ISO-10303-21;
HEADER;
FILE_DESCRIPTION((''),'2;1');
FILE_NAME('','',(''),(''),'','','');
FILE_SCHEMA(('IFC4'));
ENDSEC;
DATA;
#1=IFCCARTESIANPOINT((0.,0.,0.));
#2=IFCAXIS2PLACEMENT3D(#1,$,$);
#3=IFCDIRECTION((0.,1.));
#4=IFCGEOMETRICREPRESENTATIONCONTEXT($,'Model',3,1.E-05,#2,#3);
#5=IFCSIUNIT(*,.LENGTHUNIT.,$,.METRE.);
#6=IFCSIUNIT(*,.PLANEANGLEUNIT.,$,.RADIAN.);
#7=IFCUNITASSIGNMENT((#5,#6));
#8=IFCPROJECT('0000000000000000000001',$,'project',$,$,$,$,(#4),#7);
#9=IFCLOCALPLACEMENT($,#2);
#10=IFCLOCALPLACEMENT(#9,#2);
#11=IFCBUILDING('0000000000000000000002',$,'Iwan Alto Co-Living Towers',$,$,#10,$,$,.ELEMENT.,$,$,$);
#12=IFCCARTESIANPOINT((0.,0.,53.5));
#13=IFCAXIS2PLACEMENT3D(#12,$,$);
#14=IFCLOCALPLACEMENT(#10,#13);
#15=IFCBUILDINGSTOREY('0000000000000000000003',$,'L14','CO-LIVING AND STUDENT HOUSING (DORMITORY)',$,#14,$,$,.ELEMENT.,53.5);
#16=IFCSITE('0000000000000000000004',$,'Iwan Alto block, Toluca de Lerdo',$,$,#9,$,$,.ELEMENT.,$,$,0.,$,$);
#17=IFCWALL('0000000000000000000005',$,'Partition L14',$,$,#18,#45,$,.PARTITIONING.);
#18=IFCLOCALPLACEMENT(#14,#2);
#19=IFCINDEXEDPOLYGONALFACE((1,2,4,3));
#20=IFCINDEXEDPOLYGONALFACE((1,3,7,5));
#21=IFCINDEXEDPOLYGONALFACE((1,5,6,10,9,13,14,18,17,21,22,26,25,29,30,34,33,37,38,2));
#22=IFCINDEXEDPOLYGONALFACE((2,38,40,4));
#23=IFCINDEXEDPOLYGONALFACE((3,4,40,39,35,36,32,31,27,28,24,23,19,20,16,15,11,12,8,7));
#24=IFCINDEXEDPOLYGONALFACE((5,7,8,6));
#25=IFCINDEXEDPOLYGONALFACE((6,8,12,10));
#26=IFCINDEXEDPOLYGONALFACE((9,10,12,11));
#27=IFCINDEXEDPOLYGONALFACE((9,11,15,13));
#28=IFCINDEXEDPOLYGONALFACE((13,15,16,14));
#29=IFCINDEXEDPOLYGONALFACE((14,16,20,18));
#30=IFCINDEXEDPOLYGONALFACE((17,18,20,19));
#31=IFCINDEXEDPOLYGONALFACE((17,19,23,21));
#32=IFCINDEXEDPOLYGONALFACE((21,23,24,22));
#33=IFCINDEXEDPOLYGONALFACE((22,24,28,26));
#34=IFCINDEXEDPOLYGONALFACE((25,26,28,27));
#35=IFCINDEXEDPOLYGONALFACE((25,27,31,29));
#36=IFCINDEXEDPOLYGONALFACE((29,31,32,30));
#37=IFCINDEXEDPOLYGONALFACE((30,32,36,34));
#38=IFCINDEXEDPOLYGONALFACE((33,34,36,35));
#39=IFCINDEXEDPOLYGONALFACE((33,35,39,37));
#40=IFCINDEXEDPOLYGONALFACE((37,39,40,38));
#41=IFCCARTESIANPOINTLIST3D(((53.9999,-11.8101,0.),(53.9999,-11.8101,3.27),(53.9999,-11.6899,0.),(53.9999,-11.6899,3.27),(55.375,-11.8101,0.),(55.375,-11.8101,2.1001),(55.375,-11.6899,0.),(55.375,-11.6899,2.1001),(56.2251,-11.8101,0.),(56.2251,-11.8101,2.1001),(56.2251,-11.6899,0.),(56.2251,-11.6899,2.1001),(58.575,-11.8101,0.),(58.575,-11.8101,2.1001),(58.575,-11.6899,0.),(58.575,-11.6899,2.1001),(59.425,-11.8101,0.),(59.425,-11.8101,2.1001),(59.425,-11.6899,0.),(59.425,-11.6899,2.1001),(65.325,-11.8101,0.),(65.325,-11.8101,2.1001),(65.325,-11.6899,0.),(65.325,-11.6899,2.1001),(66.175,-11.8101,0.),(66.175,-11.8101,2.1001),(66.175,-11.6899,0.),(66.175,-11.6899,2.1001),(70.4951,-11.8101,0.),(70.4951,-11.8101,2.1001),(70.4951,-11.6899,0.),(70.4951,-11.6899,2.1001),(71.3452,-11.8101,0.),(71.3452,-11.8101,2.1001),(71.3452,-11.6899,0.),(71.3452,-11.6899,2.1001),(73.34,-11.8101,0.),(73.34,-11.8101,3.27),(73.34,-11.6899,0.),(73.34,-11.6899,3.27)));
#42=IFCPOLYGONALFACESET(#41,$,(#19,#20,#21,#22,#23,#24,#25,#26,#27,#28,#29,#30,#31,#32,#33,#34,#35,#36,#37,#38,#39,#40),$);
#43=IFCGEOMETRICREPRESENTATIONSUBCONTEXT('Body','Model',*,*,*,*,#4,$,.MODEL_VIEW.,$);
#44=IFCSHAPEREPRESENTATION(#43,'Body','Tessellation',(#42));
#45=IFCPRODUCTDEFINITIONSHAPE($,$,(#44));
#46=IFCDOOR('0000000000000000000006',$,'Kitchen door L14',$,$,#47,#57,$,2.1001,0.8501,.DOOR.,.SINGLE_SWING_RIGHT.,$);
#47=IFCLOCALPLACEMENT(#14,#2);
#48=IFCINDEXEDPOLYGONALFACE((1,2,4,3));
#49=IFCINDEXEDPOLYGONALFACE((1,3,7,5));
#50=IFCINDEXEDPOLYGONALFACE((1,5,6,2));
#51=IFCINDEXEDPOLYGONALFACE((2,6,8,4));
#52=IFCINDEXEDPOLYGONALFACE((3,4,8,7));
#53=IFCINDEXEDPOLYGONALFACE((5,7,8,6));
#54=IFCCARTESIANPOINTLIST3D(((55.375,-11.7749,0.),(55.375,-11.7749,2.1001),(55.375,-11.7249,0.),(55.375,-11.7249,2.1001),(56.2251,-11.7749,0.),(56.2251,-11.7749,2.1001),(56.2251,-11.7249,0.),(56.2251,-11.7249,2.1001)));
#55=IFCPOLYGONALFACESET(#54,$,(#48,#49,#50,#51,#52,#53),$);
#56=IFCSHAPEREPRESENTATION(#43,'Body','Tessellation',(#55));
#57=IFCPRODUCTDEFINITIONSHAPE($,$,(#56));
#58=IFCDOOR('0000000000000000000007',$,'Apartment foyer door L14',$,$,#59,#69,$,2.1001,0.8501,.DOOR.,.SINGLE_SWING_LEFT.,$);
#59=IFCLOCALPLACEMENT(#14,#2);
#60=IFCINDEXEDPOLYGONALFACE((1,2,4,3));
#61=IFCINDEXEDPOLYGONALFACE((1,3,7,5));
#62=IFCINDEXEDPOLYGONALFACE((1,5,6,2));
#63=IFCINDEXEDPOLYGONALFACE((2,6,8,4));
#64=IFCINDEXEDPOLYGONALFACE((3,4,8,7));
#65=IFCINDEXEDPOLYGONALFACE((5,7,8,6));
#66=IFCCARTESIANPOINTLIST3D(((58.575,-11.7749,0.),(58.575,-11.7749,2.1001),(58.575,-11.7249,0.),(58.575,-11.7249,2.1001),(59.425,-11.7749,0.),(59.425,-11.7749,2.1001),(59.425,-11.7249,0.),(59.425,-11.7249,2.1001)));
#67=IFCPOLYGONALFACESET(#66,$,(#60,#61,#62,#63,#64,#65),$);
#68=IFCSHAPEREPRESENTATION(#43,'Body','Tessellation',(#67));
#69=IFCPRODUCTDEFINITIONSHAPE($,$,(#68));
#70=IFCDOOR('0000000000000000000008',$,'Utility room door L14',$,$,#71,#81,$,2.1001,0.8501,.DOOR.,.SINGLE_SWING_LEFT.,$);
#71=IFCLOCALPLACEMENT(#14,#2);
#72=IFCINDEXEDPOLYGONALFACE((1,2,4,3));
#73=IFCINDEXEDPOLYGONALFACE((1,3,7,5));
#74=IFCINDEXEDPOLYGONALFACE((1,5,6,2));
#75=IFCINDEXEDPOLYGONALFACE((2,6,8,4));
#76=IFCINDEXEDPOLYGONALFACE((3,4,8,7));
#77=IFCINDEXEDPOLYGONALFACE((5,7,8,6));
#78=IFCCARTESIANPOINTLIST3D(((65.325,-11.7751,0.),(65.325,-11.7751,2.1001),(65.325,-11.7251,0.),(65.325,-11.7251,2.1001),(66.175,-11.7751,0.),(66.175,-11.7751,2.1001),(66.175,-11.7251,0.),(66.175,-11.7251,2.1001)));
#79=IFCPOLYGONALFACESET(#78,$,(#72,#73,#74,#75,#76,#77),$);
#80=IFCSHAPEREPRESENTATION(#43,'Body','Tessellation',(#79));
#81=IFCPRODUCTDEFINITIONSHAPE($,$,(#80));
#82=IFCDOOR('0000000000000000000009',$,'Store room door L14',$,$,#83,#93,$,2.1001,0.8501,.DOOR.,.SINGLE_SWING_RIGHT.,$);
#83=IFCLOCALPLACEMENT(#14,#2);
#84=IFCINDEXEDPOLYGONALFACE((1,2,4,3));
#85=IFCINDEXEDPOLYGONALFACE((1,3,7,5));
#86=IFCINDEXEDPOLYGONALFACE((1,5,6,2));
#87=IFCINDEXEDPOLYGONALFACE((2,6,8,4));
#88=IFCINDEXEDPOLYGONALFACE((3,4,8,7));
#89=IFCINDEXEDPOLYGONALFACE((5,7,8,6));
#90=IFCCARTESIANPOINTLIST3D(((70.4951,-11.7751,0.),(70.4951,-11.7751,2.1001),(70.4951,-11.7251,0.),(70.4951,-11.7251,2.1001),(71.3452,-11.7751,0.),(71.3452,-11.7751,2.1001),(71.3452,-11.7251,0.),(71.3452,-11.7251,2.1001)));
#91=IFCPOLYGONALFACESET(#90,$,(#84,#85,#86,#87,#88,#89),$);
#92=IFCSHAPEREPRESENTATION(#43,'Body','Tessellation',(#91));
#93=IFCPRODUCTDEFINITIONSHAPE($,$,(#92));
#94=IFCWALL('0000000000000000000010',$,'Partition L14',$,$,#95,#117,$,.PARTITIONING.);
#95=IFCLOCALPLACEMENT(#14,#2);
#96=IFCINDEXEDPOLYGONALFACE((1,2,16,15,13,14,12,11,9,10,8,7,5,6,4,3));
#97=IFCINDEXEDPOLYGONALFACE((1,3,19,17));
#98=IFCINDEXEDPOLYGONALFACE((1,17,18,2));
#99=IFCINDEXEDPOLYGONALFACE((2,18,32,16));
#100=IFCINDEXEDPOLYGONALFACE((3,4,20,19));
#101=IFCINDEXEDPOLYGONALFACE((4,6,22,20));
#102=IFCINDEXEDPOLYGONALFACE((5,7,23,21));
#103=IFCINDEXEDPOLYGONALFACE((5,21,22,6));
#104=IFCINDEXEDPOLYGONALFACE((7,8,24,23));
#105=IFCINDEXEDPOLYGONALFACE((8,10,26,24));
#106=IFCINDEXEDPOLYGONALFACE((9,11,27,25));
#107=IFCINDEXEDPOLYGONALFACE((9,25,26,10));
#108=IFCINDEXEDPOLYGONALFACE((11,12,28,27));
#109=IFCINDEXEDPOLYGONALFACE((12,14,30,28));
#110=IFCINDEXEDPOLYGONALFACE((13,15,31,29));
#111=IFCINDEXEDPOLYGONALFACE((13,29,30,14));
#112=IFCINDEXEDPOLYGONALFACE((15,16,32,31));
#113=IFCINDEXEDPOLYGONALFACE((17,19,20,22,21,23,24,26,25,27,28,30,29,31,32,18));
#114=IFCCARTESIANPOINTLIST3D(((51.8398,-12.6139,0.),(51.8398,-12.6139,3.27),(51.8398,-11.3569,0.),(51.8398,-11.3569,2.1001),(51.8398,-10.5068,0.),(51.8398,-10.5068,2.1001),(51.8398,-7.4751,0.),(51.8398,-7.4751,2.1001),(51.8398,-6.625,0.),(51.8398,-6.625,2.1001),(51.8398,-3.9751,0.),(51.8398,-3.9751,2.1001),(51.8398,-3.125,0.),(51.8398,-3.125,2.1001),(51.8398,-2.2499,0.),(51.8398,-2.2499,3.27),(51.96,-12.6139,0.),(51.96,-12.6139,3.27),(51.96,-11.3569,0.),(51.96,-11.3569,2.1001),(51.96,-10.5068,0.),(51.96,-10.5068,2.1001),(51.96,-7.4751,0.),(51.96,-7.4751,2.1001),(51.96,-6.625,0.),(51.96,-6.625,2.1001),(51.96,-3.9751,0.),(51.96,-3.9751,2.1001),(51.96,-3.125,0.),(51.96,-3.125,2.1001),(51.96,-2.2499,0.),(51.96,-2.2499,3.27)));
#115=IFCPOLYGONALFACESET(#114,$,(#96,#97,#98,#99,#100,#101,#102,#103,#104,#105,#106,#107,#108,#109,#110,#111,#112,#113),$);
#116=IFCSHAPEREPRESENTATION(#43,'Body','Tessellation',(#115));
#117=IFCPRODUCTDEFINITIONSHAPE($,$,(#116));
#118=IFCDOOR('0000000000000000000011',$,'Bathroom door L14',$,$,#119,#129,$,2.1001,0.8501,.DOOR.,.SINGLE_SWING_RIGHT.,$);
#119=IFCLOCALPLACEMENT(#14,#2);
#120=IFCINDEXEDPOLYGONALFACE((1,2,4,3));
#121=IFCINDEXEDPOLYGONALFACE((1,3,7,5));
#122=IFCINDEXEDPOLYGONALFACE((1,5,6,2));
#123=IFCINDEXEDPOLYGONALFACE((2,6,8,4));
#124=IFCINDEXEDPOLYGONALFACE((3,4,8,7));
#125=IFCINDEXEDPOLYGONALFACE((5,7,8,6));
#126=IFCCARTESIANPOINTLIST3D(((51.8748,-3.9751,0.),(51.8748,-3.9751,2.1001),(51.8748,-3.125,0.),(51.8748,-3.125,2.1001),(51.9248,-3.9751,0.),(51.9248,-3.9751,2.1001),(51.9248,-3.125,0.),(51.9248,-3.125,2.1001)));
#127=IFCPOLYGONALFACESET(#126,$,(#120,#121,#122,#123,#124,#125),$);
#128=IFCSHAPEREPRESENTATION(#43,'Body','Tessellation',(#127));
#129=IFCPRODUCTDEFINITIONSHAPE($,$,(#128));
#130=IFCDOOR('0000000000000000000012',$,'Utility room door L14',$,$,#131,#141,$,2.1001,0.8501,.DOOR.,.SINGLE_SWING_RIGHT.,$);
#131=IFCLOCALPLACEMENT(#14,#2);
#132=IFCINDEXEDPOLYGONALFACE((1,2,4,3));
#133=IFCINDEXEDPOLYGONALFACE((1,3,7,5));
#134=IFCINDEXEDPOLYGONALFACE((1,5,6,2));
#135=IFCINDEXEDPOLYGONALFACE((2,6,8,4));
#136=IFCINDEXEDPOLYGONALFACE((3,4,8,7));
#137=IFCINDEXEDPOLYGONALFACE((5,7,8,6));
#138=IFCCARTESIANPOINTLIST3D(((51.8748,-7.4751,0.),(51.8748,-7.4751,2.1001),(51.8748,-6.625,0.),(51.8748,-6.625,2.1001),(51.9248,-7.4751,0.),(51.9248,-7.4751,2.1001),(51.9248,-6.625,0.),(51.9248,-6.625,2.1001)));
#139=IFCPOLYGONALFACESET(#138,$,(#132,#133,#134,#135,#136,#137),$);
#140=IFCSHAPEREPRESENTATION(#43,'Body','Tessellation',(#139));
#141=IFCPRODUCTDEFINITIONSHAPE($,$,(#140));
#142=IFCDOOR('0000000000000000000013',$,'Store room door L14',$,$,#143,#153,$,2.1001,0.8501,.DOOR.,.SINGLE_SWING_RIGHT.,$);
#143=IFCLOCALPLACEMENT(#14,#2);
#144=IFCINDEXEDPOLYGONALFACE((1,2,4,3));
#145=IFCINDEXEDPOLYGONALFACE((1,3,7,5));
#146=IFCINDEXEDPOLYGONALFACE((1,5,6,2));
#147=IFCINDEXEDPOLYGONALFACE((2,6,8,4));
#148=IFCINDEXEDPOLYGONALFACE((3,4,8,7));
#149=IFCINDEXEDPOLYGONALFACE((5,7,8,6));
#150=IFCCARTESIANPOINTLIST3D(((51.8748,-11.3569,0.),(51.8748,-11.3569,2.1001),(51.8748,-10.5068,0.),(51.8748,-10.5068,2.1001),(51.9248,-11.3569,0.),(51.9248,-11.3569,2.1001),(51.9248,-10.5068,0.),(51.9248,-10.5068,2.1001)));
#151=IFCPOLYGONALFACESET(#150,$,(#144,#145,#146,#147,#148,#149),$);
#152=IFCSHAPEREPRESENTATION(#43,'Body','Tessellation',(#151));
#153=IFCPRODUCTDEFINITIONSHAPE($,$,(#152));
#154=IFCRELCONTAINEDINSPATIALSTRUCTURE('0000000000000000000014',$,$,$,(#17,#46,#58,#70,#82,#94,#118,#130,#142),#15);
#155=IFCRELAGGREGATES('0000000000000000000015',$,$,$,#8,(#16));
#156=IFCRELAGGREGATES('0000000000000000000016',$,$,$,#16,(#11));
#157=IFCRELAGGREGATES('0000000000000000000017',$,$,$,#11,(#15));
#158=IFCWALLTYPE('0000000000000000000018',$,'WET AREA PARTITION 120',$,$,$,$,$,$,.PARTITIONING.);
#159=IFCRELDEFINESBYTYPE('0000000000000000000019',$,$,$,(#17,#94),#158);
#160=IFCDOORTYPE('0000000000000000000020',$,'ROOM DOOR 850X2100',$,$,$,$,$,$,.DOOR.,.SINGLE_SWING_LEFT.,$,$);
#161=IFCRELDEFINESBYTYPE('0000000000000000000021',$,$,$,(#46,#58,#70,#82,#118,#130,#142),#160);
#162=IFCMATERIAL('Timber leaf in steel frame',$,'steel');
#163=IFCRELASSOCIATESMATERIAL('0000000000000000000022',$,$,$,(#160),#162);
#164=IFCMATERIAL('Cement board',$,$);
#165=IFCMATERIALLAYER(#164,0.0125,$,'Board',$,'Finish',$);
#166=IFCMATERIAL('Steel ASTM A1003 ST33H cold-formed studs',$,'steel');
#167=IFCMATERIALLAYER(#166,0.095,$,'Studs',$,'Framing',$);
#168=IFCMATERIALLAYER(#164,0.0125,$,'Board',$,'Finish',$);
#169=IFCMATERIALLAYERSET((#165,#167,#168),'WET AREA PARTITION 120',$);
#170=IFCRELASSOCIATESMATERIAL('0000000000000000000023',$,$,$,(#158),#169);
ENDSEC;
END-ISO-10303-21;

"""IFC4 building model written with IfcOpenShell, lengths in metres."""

from ifc_helpers import new_model, si_unit, direction, frame, frame_2d, origin, place, context, subcontext, project, spatial, rectangle, extrude, material, layer, layer_set, type_object, element, fill, save


model = new_model("IFC4")

# Units and contexts
model_context = context("Model", 3, precision=1e-05, world=origin(), true_north=direction((0.0, 1.0)))
body_context = subcontext(model_context, "Body", "Model", "MODEL_VIEW")
ifc_project = project(units=[si_unit("LENGTHUNIT", "METRE"), si_unit("PLANEANGLEUNIT", "RADIAN")], contexts=[model_context])

# Site, building, storey
site_placement = place(None, origin())
site = spatial("IfcSite", under=ifc_project, at=site_placement, Name="Iwan Alto block, Toluca de Lerdo", CompositionType="ELEMENT", RefElevation=0.0)
building_placement = place(site_placement, origin())
building = spatial("IfcBuilding", under=site, at=building_placement, Name="Iwan Alto Co-Living Towers", CompositionType="ELEMENT")
storey_placement = place(building_placement, frame((0.0, 0.0, 53.5)))
storey = spatial("IfcBuildingStorey", under=building, at=storey_placement, Name="L14", Description="CO-LIVING AND STUDENT HOUSING (DORMITORY)", CompositionType="ELEMENT", Elevation=53.5)

# Shared definitions
ifc_material_1 = material(Name="Steel ASTM A1003 ST33H cold-formed studs", Category="steel")

# Shared definitions
ifc_material_2 = material(Name="Timber leaf in steel frame", Category="steel")
door_type_1 = type_object("IfcDoorType", Name="ROOM DOOR 850X2100", OperationType="SINGLE_SWING_LEFT", PredefinedType="DOOR", material=ifc_material_2)

# Shared definitions
ifc_material_3 = material(Name="Cement board")
ifc_layer_1 = layer(ifc_material_3, 0.0125, Name="Board", Category="Finish")
ifc_layer_2 = layer(ifc_material_1, 0.095, Name="Studs", Category="Framing")
ifc_layer_3 = layer(ifc_material_3, 0.0125, Name="Board", Category="Finish")
ifc_layer_set_1 = layer_set([ifc_layer_1, ifc_layer_2, ifc_layer_3], Name="WET AREA PARTITION 120")
wall_type_1 = type_object("IfcWallType", Name="WET AREA PARTITION 120", PredefinedType="PARTITIONING", material=ifc_layer_set_1)

# Walls, openings, doors
wall_1_placement = place(storey_placement, frame((54.0, -11.75, 0.0), z_axis=(0.0, 0.0, 1.0), x_axis=(1.0, 0.0, 0.0)))
wall_1 = element("IfcWall", 1, at=wall_1_placement, inside=storey, type_object=wall_type_1, Name="Partition L14", PredefinedType="PARTITIONING", context=body_context, shape_type="SweptSolid", body=[
    extrude(rectangle(XDim=19.3401, YDim=0.1201, at=frame_2d((9.6699, 0.0))), origin(), (0.0, 0.0, 1.0), 3.27),
])
opening_1_placement = place(wall_1_placement, frame((1.375, 0.0, 0.0)))
opening_1 = element("IfcOpeningElement", 2, at=opening_1_placement, cuts=wall_1, PredefinedType="OPENING", context=body_context, shape_type="SweptSolid", body=[
    extrude(rectangle(XDim=0.8501, YDim=2.1001, at=frame_2d((0.425, 1.05))), frame((0.0, 0.0701, 0.0), z_axis=(0.0, -1.0, 0.0), x_axis=(1.0, 0.0, 0.0)), (0.0, 0.0, 1.0), 0.1401),
])
opening_2_placement = place(wall_1_placement, frame((4.575, 0.0, 0.0)))
opening_2 = element("IfcOpeningElement", 3, at=opening_2_placement, cuts=wall_1, PredefinedType="OPENING", context=body_context, shape_type="SweptSolid", body=[
    extrude(rectangle(XDim=0.8501, YDim=2.1001, at=frame_2d((0.425, 1.05))), frame((0.0, 0.0701, 0.0), z_axis=(0.0, -1.0, 0.0), x_axis=(1.0, 0.0, 0.0)), (0.0, 0.0, 1.0), 0.1401),
])
opening_3_placement = place(wall_1_placement, frame((11.325, 0.0, 0.0)))
opening_3 = element("IfcOpeningElement", 4, at=opening_3_placement, cuts=wall_1, PredefinedType="OPENING", context=body_context, shape_type="SweptSolid", body=[
    extrude(rectangle(XDim=0.8501, YDim=2.1001, at=frame_2d((0.425, 1.05))), frame((0.0, 0.0701, 0.0), z_axis=(0.0, -1.0, 0.0), x_axis=(1.0, 0.0, 0.0)), (0.0, 0.0, 1.0), 0.1401),
])
opening_4_placement = place(wall_1_placement, frame((16.4951, 0.0, 0.0)))
opening_4 = element("IfcOpeningElement", 5, at=opening_4_placement, cuts=wall_1, PredefinedType="OPENING", context=body_context, shape_type="SweptSolid", body=[
    extrude(rectangle(XDim=0.8501, YDim=2.1001, at=frame_2d((0.425, 1.05))), frame((0.0, 0.0701, 0.0), z_axis=(0.0, -1.0, 0.0), x_axis=(1.0, 0.0, 0.0)), (0.0, 0.0, 1.0), 0.1401),
])
door_1_placement = place(opening_1_placement, frame((0.8501, 0.0, 0.0), z_axis=(0.0, 0.0, 1.0), x_axis=(-1.0, 0.0, 0.0)))
door_1 = element("IfcDoor", 6, at=door_1_placement, inside=storey, type_object=door_type_1, Name="Kitchen door L14", OperationType="SINGLE_SWING_RIGHT", OverallHeight=2.1001, OverallWidth=0.8501, PredefinedType="DOOR", context=body_context, shape_type="SweptSolid", body=[
    extrude(rectangle(XDim=0.8501, YDim=2.1001, at=frame_2d((0.425, 1.05))), frame((0.0, 0.0249, 0.0), z_axis=(0.0, -1.0, 0.0), x_axis=(1.0, 0.0, 0.0)), (0.0, 0.0, 1.0), 0.05),
])
fill(opening_1, door_1)
door_2_placement = place(opening_2_placement, frame((0.8501, 0.0, 0.0), z_axis=(0.0, 0.0, 1.0), x_axis=(-1.0, 0.0, 0.0)))
door_2 = element("IfcDoor", 7, at=door_2_placement, inside=storey, type_object=door_type_1, Name="Apartment foyer door L14", OperationType="SINGLE_SWING_LEFT", OverallHeight=2.1001, OverallWidth=0.8501, PredefinedType="DOOR", context=body_context, shape_type="SweptSolid", body=[
    extrude(rectangle(XDim=0.8501, YDim=2.1001, at=frame_2d((0.425, 1.05))), frame((0.0, 0.0249, 0.0), z_axis=(0.0, -1.0, 0.0), x_axis=(1.0, 0.0, 0.0)), (0.0, 0.0, 1.0), 0.05),
])
fill(opening_2, door_2)
door_3_placement = place(opening_3_placement, origin())
door_3 = element("IfcDoor", 8, at=door_3_placement, inside=storey, type_object=door_type_1, Name="Utility room door L14", OperationType="SINGLE_SWING_LEFT", OverallHeight=2.1001, OverallWidth=0.8501, PredefinedType="DOOR", context=body_context, shape_type="SweptSolid", body=[
    extrude(rectangle(XDim=0.8501, YDim=2.1001, at=frame_2d((0.425, 1.05))), frame((0.0, 0.0249, 0.0), z_axis=(0.0, -1.0, 0.0), x_axis=(1.0, 0.0, 0.0)), (0.0, 0.0, 1.0), 0.05),
])
fill(opening_3, door_3)
door_4_placement = place(opening_4_placement, origin())
door_4 = element("IfcDoor", 9, at=door_4_placement, inside=storey, type_object=door_type_1, Name="Store room door L14", OperationType="SINGLE_SWING_RIGHT", OverallHeight=2.1001, OverallWidth=0.8501, PredefinedType="DOOR", context=body_context, shape_type="SweptSolid", body=[
    extrude(rectangle(XDim=0.8501, YDim=2.1001, at=frame_2d((0.425, 1.05))), frame((0.0, 0.0249, 0.0), z_axis=(0.0, -1.0, 0.0), x_axis=(1.0, 0.0, 0.0)), (0.0, 0.0, 1.0), 0.05),
])
fill(opening_4, door_4)
wall_2_placement = place(storey_placement, frame((51.8999, -12.614, 0.0), z_axis=(0.0, 0.0, 1.0), x_axis=(0.0, 1.0, 0.0)))
wall_2 = element("IfcWall", 10, at=wall_2_placement, inside=storey, type_object=wall_type_1, Name="Partition L14", PredefinedType="PARTITIONING", context=body_context, shape_type="SweptSolid", body=[
    extrude(rectangle(XDim=10.364, YDim=0.1201, at=frame_2d((5.1821, 0.0))), origin(), (0.0, 0.0, 1.0), 3.27),
])
opening_5_placement = place(wall_2_placement, frame((8.6389, 0.0, 0.0)))
opening_5 = element("IfcOpeningElement", 11, at=opening_5_placement, cuts=wall_2, PredefinedType="OPENING", context=body_context, shape_type="SweptSolid", body=[
    extrude(rectangle(XDim=0.8501, YDim=2.1001, at=frame_2d((0.425, 1.05))), frame((0.0, 0.0701, 0.0), z_axis=(0.0, -1.0, 0.0), x_axis=(1.0, 0.0, 0.0)), (0.0, 0.0, 1.0), 0.1401),
])
opening_6_placement = place(wall_2_placement, frame((5.1389, 0.0, 0.0)))
opening_6 = element("IfcOpeningElement", 12, at=opening_6_placement, cuts=wall_2, PredefinedType="OPENING", context=body_context, shape_type="SweptSolid", body=[
    extrude(rectangle(XDim=0.8501, YDim=2.1001, at=frame_2d((0.425, 1.05))), frame((0.0, 0.0701, 0.0), z_axis=(0.0, -1.0, 0.0), x_axis=(1.0, 0.0, 0.0)), (0.0, 0.0, 1.0), 0.1401),
])
opening_7_placement = place(wall_2_placement, frame((1.2571, 0.0, 0.0)))
opening_7 = element("IfcOpeningElement", 13, at=opening_7_placement, cuts=wall_2, PredefinedType="OPENING", context=body_context, shape_type="SweptSolid", body=[
    extrude(rectangle(XDim=0.8501, YDim=2.1001, at=frame_2d((0.425, 1.05))), frame((0.0, 0.0701, 0.0), z_axis=(0.0, -1.0, 0.0), x_axis=(1.0, 0.0, 0.0)), (0.0, 0.0, 1.0), 0.1401),
])
door_5_placement = place(opening_5_placement, frame((0.8501, 0.0, 0.0), z_axis=(0.0, 0.0, 1.0), x_axis=(-1.0, 0.0, 0.0)))
door_5 = element("IfcDoor", 14, at=door_5_placement, inside=storey, type_object=door_type_1, Name="Bathroom door L14", OperationType="SINGLE_SWING_RIGHT", OverallHeight=2.1001, OverallWidth=0.8501, PredefinedType="DOOR", context=body_context, shape_type="SweptSolid", body=[
    extrude(rectangle(XDim=0.8501, YDim=2.1001, at=frame_2d((0.425, 1.05))), frame((0.0, 0.0249, 0.0), z_axis=(0.0, -1.0, 0.0), x_axis=(1.0, 0.0, 0.0)), (0.0, 0.0, 1.0), 0.05),
])
fill(opening_5, door_5)
door_6_placement = place(opening_6_placement, frame((0.8501, 0.0, 0.0), z_axis=(0.0, 0.0, 1.0), x_axis=(-1.0, 0.0, 0.0)))
door_6 = element("IfcDoor", 15, at=door_6_placement, inside=storey, type_object=door_type_1, Name="Utility room door L14", OperationType="SINGLE_SWING_RIGHT", OverallHeight=2.1001, OverallWidth=0.8501, PredefinedType="DOOR", context=body_context, shape_type="SweptSolid", body=[
    extrude(rectangle(XDim=0.8501, YDim=2.1001, at=frame_2d((0.425, 1.05))), frame((0.0, 0.0249, 0.0), z_axis=(0.0, -1.0, 0.0), x_axis=(1.0, 0.0, 0.0)), (0.0, 0.0, 1.0), 0.05),
])
fill(opening_6, door_6)
door_7_placement = place(opening_7_placement, frame((0.8501, 0.0, 0.0), z_axis=(0.0, 0.0, 1.0), x_axis=(-1.0, 0.0, 0.0)))
door_7 = element("IfcDoor", 16, at=door_7_placement, inside=storey, type_object=door_type_1, Name="Store room door L14", OperationType="SINGLE_SWING_RIGHT", OverallHeight=2.1001, OverallWidth=0.8501, PredefinedType="DOOR", context=body_context, shape_type="SweptSolid", body=[
    extrude(rectangle(XDim=0.8501, YDim=2.1001, at=frame_2d((0.425, 1.05))), frame((0.0, 0.0249, 0.0), z_axis=(0.0, -1.0, 0.0), x_axis=(1.0, 0.0, 0.0)), (0.0, 0.0, 1.0), 0.05),
])
fill(opening_7, door_7)

save(model, "model.ifc")
